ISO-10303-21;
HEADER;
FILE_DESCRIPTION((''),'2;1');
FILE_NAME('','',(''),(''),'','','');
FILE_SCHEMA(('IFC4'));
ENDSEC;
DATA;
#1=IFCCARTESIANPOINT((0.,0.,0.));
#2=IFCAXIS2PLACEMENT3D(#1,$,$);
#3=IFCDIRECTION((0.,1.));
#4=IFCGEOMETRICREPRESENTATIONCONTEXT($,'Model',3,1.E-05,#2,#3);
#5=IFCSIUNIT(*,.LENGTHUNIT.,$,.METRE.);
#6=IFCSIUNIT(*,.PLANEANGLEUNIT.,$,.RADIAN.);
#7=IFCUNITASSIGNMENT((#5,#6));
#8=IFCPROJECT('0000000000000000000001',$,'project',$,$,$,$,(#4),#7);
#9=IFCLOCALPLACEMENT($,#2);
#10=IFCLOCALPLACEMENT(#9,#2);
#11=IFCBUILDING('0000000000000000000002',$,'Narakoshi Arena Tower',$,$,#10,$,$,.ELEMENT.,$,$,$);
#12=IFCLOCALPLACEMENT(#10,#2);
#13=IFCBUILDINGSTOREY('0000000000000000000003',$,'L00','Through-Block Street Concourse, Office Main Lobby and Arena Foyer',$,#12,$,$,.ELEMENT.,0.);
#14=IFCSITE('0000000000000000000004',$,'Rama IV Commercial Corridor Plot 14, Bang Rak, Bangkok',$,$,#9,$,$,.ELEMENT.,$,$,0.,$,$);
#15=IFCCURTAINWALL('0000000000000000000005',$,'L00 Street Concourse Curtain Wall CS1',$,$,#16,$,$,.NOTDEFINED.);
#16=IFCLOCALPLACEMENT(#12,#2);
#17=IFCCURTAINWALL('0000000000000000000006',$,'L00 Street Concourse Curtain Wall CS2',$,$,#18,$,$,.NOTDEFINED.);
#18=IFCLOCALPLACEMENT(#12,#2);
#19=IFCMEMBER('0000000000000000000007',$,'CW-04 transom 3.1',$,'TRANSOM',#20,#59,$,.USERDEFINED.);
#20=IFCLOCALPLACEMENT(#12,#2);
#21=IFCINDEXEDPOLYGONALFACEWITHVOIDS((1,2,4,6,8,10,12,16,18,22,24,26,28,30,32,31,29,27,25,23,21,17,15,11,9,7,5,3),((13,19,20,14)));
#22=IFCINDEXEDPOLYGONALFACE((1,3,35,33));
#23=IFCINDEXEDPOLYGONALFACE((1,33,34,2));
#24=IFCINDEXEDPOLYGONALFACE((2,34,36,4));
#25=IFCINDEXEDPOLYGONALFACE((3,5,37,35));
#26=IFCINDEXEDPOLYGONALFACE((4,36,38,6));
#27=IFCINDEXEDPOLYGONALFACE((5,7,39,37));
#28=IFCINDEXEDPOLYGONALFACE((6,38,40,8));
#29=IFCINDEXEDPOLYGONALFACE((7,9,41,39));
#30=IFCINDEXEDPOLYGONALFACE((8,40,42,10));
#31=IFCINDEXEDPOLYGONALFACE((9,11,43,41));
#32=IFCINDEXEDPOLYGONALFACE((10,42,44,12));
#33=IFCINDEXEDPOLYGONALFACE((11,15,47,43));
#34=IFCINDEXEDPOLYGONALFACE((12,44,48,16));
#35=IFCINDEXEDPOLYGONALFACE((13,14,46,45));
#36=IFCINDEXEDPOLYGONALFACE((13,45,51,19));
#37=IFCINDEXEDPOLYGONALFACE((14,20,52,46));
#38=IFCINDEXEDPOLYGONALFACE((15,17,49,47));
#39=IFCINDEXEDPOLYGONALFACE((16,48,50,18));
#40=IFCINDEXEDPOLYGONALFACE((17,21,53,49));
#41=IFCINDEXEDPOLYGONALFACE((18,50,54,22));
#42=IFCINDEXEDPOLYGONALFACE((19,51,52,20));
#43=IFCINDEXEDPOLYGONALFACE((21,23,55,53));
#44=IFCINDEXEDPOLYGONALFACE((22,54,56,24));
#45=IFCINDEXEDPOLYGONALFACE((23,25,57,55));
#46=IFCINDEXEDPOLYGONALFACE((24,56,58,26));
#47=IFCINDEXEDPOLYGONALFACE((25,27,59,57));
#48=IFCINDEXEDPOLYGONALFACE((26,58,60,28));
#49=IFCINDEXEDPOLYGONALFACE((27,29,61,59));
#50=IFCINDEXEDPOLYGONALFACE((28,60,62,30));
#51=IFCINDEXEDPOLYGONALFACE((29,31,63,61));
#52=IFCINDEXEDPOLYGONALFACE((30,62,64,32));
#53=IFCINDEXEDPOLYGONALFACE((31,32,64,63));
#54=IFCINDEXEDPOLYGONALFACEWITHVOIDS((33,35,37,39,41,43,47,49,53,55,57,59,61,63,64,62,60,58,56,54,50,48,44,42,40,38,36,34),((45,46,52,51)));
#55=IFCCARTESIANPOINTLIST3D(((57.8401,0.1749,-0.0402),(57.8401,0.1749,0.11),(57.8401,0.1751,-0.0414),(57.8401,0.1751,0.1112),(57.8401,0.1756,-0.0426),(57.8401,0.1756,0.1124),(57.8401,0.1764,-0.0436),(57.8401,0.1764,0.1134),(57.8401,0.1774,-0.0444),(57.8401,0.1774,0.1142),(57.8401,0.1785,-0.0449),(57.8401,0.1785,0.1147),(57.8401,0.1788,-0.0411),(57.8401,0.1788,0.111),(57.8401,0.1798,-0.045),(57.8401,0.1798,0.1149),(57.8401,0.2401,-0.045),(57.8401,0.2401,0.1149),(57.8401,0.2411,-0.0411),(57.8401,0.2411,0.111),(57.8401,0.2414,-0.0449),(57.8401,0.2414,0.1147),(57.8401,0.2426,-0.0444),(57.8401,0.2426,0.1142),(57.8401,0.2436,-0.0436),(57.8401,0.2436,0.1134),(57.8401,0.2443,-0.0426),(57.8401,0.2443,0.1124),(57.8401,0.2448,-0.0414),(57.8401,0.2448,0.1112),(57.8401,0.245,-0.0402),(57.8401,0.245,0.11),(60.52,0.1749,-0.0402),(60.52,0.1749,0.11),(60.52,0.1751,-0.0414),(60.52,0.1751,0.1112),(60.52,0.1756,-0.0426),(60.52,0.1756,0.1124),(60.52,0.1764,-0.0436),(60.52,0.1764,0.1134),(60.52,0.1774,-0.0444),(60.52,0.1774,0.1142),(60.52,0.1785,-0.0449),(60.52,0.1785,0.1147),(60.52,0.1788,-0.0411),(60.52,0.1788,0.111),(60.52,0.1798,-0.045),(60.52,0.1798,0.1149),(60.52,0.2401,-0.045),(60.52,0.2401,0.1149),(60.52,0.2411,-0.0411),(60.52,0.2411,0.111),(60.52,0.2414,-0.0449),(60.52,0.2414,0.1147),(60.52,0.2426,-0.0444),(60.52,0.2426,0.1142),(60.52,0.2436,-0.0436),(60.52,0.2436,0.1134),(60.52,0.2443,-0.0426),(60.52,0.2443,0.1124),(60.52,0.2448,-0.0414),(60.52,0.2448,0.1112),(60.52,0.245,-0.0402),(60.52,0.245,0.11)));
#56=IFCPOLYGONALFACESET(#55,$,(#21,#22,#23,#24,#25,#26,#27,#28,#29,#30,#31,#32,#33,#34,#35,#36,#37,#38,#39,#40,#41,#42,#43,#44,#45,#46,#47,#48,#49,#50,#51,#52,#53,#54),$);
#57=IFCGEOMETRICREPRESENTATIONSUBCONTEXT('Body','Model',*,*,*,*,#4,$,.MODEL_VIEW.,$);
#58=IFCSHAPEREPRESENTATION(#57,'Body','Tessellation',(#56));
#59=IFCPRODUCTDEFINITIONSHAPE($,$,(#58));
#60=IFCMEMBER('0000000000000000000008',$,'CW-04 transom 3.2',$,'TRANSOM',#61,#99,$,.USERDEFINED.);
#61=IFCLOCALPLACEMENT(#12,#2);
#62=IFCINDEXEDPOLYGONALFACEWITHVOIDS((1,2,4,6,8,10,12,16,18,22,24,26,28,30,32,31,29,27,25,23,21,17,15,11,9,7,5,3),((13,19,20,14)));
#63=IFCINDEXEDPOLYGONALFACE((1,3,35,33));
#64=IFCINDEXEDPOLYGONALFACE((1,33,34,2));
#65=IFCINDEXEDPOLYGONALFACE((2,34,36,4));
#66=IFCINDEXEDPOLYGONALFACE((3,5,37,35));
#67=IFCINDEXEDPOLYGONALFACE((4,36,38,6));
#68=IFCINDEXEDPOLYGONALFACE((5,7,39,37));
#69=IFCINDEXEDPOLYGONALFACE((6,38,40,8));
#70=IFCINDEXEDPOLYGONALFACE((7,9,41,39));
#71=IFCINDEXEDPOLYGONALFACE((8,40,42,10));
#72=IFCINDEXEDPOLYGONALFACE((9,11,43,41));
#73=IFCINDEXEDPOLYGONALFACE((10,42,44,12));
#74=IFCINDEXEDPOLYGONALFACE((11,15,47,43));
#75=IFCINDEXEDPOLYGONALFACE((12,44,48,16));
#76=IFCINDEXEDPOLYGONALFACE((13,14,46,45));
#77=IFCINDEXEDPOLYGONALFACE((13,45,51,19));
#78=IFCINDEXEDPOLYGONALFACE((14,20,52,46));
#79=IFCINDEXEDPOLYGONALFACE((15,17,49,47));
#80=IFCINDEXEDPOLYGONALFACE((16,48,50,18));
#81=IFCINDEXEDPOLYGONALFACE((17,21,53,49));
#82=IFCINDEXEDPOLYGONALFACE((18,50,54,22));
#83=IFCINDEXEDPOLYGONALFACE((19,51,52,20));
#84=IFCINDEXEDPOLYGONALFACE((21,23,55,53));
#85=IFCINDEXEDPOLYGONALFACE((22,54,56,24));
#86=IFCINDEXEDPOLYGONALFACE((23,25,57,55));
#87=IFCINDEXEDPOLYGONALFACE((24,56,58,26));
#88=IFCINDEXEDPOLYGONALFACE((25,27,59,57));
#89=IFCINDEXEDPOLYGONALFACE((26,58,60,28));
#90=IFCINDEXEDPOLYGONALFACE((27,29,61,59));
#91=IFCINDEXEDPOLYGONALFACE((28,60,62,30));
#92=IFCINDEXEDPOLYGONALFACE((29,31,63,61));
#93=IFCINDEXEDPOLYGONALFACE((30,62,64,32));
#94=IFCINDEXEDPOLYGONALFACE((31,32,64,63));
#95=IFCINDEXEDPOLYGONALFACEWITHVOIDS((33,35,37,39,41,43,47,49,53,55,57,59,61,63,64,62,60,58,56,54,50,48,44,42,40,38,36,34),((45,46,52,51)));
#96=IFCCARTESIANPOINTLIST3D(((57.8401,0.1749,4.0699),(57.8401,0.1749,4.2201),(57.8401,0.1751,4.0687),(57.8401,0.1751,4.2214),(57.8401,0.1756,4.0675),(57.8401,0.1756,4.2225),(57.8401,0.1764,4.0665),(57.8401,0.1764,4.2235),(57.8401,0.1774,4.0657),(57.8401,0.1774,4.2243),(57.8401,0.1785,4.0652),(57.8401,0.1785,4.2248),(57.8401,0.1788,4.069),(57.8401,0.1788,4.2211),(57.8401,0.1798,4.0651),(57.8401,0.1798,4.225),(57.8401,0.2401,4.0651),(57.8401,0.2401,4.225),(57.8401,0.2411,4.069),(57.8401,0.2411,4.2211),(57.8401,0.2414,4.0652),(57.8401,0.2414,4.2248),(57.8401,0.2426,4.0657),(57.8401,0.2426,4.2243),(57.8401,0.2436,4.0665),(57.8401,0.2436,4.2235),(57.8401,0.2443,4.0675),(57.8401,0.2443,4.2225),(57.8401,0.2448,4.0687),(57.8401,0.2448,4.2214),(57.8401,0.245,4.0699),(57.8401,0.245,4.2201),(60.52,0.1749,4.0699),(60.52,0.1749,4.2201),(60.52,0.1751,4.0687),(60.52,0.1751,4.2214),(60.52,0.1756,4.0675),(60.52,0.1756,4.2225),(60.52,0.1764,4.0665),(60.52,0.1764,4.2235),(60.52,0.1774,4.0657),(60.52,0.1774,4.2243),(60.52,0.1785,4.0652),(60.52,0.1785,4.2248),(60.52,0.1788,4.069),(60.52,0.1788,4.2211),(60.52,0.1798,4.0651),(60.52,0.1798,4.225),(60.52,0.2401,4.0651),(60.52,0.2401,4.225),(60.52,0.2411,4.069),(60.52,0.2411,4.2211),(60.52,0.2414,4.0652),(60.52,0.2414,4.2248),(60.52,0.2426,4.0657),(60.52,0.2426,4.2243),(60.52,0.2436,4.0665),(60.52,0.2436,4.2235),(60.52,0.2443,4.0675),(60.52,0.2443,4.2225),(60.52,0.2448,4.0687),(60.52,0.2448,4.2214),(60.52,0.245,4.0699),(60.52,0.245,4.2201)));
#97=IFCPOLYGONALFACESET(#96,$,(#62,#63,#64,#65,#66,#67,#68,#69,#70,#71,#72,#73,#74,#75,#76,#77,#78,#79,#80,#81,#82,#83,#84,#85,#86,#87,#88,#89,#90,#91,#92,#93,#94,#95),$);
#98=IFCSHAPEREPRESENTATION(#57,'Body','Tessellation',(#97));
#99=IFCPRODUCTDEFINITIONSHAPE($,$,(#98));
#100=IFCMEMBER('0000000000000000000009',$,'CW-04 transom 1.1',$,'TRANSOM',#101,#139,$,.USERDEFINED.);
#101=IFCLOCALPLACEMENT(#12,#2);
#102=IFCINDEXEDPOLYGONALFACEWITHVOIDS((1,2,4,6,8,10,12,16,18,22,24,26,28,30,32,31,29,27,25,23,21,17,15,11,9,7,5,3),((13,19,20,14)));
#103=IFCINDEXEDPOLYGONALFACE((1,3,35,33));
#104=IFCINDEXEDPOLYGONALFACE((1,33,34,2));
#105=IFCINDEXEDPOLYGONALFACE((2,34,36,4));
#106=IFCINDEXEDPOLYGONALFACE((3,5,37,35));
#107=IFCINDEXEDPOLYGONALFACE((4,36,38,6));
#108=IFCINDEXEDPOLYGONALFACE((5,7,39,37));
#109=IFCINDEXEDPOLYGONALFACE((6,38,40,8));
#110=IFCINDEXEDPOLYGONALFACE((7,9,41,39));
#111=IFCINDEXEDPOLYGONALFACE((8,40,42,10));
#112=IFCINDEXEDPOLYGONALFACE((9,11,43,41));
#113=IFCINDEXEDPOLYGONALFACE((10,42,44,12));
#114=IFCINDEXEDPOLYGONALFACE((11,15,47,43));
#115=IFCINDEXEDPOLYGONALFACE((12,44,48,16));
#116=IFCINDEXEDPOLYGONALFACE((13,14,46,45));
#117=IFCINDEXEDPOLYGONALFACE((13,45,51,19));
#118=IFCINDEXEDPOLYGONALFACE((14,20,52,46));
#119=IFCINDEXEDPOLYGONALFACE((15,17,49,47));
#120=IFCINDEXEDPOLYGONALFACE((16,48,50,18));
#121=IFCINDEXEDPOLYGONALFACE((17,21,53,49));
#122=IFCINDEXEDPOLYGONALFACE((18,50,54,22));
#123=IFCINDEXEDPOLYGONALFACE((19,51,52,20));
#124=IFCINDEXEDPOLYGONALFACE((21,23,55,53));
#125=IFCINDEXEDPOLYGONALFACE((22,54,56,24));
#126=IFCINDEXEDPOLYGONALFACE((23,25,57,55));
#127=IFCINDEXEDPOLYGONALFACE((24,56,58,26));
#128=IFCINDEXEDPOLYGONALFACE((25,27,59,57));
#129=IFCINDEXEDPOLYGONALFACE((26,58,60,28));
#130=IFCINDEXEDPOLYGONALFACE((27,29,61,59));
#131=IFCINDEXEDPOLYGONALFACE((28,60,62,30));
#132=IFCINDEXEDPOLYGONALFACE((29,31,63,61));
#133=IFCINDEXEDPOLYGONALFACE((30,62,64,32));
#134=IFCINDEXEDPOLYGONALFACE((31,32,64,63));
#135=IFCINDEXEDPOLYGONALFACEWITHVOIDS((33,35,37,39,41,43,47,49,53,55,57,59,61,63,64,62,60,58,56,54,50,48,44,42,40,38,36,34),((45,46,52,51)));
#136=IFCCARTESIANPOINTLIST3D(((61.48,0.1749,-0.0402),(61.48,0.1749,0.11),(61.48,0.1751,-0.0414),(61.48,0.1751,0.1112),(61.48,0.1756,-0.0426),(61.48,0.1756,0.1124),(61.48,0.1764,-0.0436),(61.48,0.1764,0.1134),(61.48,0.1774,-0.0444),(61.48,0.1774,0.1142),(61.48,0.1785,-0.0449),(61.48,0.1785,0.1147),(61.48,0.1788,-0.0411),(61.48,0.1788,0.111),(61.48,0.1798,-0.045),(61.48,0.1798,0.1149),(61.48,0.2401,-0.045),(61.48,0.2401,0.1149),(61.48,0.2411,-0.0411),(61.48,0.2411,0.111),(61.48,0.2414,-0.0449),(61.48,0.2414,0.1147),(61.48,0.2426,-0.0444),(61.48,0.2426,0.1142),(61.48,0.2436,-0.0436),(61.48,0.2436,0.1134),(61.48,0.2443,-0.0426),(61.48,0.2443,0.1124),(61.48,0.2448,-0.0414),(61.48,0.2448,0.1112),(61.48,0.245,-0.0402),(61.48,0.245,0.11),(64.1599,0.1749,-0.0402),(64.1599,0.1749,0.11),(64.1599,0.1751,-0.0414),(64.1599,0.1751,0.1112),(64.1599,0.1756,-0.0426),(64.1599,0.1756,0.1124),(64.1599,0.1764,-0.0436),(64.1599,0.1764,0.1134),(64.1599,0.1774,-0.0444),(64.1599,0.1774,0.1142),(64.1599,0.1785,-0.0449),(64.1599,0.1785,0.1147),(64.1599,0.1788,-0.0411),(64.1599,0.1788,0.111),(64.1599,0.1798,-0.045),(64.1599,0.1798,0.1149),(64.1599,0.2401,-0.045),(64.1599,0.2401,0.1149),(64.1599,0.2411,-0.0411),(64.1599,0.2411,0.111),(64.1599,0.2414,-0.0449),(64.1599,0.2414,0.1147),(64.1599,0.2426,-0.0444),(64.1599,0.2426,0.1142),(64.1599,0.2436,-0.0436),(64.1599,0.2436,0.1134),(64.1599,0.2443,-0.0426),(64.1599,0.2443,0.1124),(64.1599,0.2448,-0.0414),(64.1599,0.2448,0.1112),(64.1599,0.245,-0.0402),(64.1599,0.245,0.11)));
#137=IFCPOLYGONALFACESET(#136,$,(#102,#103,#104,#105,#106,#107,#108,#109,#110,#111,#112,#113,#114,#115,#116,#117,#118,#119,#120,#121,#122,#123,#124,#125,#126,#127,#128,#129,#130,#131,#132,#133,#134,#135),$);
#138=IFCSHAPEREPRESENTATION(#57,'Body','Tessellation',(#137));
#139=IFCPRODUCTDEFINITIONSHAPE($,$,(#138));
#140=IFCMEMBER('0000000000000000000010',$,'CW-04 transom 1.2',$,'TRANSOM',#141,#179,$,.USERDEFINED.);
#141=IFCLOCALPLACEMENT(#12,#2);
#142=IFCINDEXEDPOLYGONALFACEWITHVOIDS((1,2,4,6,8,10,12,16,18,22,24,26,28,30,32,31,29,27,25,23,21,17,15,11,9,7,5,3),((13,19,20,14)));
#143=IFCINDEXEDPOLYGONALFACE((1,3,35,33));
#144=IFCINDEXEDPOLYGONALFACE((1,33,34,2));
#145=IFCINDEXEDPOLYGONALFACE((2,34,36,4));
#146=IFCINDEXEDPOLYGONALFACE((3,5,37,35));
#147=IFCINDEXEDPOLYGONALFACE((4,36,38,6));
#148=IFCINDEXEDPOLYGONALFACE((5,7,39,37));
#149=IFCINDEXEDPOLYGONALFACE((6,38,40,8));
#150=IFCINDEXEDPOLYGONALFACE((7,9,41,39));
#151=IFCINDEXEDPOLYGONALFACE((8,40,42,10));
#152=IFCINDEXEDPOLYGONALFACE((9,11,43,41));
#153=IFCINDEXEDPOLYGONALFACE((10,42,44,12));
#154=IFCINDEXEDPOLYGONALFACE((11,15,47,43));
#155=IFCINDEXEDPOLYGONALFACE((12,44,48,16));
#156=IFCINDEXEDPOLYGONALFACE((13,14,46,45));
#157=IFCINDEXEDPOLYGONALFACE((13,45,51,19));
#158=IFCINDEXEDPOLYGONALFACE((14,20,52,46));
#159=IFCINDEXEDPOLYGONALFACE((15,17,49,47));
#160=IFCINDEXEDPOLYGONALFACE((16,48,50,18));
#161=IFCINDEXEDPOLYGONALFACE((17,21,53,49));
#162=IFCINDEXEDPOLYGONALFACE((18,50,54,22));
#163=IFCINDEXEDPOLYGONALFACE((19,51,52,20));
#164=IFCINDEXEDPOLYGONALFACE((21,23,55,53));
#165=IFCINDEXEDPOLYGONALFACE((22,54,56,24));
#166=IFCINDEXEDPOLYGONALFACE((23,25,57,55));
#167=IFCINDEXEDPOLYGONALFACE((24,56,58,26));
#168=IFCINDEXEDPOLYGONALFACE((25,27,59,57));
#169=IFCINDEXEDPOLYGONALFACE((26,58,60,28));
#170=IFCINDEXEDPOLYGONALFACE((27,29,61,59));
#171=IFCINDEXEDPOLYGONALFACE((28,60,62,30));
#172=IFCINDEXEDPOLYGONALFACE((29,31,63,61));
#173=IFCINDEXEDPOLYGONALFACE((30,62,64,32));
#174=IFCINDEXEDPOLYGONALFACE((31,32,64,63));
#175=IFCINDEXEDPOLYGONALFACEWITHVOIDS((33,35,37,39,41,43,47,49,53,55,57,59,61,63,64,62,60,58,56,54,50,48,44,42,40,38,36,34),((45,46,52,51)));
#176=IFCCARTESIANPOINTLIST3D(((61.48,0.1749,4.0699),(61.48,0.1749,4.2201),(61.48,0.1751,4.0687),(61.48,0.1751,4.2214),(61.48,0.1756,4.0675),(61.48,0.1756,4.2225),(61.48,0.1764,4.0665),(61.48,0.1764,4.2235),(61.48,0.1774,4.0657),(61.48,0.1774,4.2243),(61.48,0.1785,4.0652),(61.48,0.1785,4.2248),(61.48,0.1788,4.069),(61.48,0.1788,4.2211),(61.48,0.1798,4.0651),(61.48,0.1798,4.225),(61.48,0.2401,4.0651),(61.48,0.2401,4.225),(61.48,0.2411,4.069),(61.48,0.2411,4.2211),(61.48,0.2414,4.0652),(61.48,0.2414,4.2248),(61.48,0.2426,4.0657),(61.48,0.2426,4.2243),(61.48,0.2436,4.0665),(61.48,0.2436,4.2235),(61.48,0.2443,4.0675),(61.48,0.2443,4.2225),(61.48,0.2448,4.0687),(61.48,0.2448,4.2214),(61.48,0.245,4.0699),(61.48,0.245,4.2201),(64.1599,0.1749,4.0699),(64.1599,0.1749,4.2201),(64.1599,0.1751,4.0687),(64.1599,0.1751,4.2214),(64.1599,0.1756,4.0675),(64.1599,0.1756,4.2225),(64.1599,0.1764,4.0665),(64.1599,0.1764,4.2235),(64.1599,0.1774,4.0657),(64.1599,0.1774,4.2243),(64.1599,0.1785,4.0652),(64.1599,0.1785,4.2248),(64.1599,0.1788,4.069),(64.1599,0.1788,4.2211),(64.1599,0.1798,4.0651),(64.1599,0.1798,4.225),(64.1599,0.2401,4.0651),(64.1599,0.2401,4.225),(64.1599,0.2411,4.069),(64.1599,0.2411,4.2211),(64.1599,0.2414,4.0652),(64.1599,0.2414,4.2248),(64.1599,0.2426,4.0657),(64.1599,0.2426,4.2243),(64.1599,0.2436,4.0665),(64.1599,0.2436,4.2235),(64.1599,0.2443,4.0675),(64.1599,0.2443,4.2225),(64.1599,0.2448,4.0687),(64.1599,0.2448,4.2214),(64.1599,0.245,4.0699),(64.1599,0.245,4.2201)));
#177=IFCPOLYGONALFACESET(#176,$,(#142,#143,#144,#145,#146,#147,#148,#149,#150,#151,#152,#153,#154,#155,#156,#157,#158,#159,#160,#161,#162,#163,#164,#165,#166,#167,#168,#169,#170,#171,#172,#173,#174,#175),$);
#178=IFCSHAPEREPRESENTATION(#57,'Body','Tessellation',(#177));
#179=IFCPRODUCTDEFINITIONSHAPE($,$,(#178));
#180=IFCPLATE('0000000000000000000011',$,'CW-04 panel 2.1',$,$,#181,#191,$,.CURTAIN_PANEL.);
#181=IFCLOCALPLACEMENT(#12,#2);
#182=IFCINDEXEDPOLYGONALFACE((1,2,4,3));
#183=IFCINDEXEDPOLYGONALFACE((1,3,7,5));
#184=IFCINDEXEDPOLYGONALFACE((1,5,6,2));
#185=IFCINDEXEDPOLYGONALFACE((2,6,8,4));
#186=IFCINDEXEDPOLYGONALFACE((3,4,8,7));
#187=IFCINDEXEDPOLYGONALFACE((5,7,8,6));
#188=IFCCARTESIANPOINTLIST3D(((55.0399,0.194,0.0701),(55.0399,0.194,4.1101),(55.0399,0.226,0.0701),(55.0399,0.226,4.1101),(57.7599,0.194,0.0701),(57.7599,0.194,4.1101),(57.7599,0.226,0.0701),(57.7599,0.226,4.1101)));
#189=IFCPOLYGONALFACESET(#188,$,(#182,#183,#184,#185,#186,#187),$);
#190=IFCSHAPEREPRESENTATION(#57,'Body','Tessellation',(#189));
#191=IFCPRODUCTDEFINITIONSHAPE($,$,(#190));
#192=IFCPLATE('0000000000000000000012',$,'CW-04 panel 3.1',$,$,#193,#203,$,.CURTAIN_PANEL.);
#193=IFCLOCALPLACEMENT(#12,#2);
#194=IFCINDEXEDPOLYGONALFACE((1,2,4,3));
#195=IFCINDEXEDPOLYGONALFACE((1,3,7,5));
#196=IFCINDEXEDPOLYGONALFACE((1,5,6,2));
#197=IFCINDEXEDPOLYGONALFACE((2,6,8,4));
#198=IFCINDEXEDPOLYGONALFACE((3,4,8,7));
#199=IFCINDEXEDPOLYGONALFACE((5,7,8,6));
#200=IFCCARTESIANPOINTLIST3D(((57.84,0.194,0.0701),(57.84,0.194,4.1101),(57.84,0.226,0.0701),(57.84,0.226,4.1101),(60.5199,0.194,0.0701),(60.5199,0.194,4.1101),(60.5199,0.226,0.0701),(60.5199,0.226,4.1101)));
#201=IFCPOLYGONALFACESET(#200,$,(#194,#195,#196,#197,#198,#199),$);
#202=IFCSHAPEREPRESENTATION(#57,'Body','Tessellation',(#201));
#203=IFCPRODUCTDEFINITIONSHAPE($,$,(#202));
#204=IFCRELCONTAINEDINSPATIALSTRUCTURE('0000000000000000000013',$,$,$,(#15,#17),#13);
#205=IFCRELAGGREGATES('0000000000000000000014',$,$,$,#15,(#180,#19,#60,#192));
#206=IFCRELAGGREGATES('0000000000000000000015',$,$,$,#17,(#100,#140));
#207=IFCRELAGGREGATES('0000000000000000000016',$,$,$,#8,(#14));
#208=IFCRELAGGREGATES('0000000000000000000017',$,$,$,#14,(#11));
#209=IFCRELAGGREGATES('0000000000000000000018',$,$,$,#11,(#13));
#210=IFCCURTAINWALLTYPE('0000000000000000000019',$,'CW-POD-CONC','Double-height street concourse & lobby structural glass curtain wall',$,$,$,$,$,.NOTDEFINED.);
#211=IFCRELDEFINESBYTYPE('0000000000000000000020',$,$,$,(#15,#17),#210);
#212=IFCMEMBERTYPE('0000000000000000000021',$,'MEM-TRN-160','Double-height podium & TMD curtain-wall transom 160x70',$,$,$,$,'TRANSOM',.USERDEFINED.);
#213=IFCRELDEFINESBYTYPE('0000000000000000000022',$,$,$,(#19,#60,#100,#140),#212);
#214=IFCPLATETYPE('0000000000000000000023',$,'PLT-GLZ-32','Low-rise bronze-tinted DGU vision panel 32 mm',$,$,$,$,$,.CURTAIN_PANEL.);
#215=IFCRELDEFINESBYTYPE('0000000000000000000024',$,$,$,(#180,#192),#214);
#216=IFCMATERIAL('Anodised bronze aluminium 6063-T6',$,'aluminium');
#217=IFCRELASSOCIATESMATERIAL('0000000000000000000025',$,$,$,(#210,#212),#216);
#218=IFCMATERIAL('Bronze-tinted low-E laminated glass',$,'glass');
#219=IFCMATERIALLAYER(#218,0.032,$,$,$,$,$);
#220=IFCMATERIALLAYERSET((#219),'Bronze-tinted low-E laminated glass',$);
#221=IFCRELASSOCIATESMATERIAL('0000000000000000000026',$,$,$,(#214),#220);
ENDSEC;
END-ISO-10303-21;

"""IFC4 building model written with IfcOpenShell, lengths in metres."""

from ifc_helpers import new_model, si_unit, direction, frame, origin, origin_2d, place, context, subcontext, project, spatial, rectangle, hollow_rectangle, extrude, material, layer, layer_set, material_profile, profile_set, type_object, element, aggregate, save


model = new_model("IFC4")

# Units and contexts
model_context = context("Model", 3, precision=1e-05, world=origin(), true_north=direction((0.0, 1.0)))
body_context = subcontext(model_context, "Body", "Model", "MODEL_VIEW")
ifc_project = project(units=[si_unit("LENGTHUNIT", "METRE"), si_unit("PLANEANGLEUNIT", "RADIAN")], contexts=[model_context])

# Site, building, storey
site_placement = place(None, origin())
site = spatial("IfcSite", under=ifc_project, at=site_placement, Name="Rama IV Commercial Corridor Plot 14, Bang Rak, Bangkok", CompositionType="ELEMENT", RefElevation=0.0)
building_placement = place(site_placement, origin())
building = spatial("IfcBuilding", under=site, at=building_placement, Name="Narakoshi Arena Tower", CompositionType="ELEMENT")
storey_placement = place(building_placement, origin())
storey = spatial("IfcBuildingStorey", under=building, at=storey_placement, Name="L00", Description="Through-Block Street Concourse, Office Main Lobby and Arena Foyer", CompositionType="ELEMENT", Elevation=0.0)

# Curtain wall
ifc_material_1 = material(Name="Anodised bronze aluminium 6063-T6", Category="aluminium")
curtain_wall_type = type_object("IfcCurtainWallType", Name="CW-POD-CONC", Description="Double-height street concourse & lobby structural glass curtain wall", PredefinedType="NOTDEFINED", material=ifc_material_1)
curtain_wall_1_placement = place(storey_placement, origin())
curtain_wall_1 = element("IfcCurtainWall", 1, at=curtain_wall_1_placement, inside=storey, type_object=curtain_wall_type, Name="L00 Street Concourse Curtain Wall CS1", PredefinedType="NOTDEFINED")

# Curtain wall
curtain_wall_2_placement = place(storey_placement, origin())
curtain_wall_2 = element("IfcCurtainWall", 2, at=curtain_wall_2_placement, inside=storey, type_object=curtain_wall_type, Name="L00 Street Concourse Curtain Wall CS2", PredefinedType="NOTDEFINED")

# Members
ifc_material_profile_1 = material_profile(ifc_material_1, hollow_rectangle(XDim=0.0701, YDim=0.1599, WallThickness=0.0039, OuterFilletRadius=0.0049, at=origin_2d()), Name="TRN160x70x4")
ifc_profile_set_1 = profile_set([ifc_material_profile_1], Name="Anodised bronze aluminium 6063-T6")
member_type_1 = type_object("IfcMemberType", Name="MEM-TRN-160", Description="Double-height podium & TMD curtain-wall transom 160x70", ElementType="TRANSOM", PredefinedType="USERDEFINED", material=ifc_profile_set_1)
member_1_placement = place(storey_placement, frame((57.8401, 0.21, 0.0349), z_axis=(1.0, 0.0, 0.0), x_axis=(0.0, 1.0, 0.0)))
member_1 = element("IfcMember", 3, at=member_1_placement, type_object=member_type_1, Name="CW-04 transom 3.1", ObjectType="TRANSOM", PredefinedType="USERDEFINED", context=body_context, shape_type="SweptSolid", body=[
    extrude(hollow_rectangle(XDim=0.0701, YDim=0.1599, WallThickness=0.0039, OuterFilletRadius=0.0049, at=origin_2d()), origin(), (0.0, 0.0, 1.0), 2.6799),
])
member_2_placement = place(storey_placement, frame((57.8401, 0.21, 4.145), z_axis=(1.0, 0.0, 0.0), x_axis=(0.0, 1.0, 0.0)))
member_2 = element("IfcMember", 4, at=member_2_placement, type_object=member_type_1, Name="CW-04 transom 3.2", ObjectType="TRANSOM", PredefinedType="USERDEFINED", context=body_context, shape_type="SweptSolid", body=[
    extrude(hollow_rectangle(XDim=0.0701, YDim=0.1599, WallThickness=0.0039, OuterFilletRadius=0.0049, at=origin_2d()), origin(), (0.0, 0.0, 1.0), 2.6799),
])
member_3_placement = place(storey_placement, frame((61.48, 0.21, 0.0349), z_axis=(1.0, 0.0, 0.0), x_axis=(0.0, 1.0, 0.0)))
member_3 = element("IfcMember", 5, at=member_3_placement, type_object=member_type_1, Name="CW-04 transom 1.1", ObjectType="TRANSOM", PredefinedType="USERDEFINED", context=body_context, shape_type="SweptSolid", body=[
    extrude(hollow_rectangle(XDim=0.0701, YDim=0.1599, WallThickness=0.0039, OuterFilletRadius=0.0049, at=origin_2d()), origin(), (0.0, 0.0, 1.0), 2.6799),
])
member_4_placement = place(storey_placement, frame((61.48, 0.21, 4.145), z_axis=(1.0, 0.0, 0.0), x_axis=(0.0, 1.0, 0.0)))
member_4 = element("IfcMember", 6, at=member_4_placement, type_object=member_type_1, Name="CW-04 transom 1.2", ObjectType="TRANSOM", PredefinedType="USERDEFINED", context=body_context, shape_type="SweptSolid", body=[
    extrude(hollow_rectangle(XDim=0.0701, YDim=0.1599, WallThickness=0.0039, OuterFilletRadius=0.0049, at=origin_2d()), origin(), (0.0, 0.0, 1.0), 2.6799),
])

# Plates
ifc_material_2 = material(Name="Bronze-tinted low-E laminated glass", Category="glass")
ifc_layer_1 = layer(ifc_material_2, 0.032)
ifc_layer_set_1 = layer_set([ifc_layer_1], Name="Bronze-tinted low-E laminated glass")
plate_type = type_object("IfcPlateType", Name="PLT-GLZ-32", Description="Low-rise bronze-tinted DGU vision panel 32 mm", PredefinedType="CURTAIN_PANEL", material=ifc_layer_set_1)
plate_1_placement = place(storey_placement, frame((56.3999, 0.21, 0.0701), z_axis=(0.0, 0.0, 1.0), x_axis=(1.0, 0.0, 0.0)))
plate_1 = element("IfcPlate", 7, at=plate_1_placement, type_object=plate_type, Name="CW-04 panel 2.1", PredefinedType="CURTAIN_PANEL", context=body_context, shape_type="SweptSolid", body=[
    extrude(rectangle(XDim=2.72, YDim=0.032, at=origin_2d()), origin(), (0.0, 0.0, 1.0), 4.04),
])
plate_2_placement = place(storey_placement, frame((59.1799, 0.21, 0.0701), z_axis=(0.0, 0.0, 1.0), x_axis=(1.0, 0.0, 0.0)))
plate_2 = element("IfcPlate", 8, at=plate_2_placement, type_object=plate_type, Name="CW-04 panel 3.1", PredefinedType="CURTAIN_PANEL", context=body_context, shape_type="SweptSolid", body=[
    extrude(rectangle(XDim=2.6799, YDim=0.032, at=origin_2d()), origin(), (0.0, 0.0, 1.0), 4.04),
])
aggregate(curtain_wall_1, [plate_1, member_1, member_2, plate_2])
aggregate(curtain_wall_2, [member_3, member_4])

save(model, "model.ifc")
